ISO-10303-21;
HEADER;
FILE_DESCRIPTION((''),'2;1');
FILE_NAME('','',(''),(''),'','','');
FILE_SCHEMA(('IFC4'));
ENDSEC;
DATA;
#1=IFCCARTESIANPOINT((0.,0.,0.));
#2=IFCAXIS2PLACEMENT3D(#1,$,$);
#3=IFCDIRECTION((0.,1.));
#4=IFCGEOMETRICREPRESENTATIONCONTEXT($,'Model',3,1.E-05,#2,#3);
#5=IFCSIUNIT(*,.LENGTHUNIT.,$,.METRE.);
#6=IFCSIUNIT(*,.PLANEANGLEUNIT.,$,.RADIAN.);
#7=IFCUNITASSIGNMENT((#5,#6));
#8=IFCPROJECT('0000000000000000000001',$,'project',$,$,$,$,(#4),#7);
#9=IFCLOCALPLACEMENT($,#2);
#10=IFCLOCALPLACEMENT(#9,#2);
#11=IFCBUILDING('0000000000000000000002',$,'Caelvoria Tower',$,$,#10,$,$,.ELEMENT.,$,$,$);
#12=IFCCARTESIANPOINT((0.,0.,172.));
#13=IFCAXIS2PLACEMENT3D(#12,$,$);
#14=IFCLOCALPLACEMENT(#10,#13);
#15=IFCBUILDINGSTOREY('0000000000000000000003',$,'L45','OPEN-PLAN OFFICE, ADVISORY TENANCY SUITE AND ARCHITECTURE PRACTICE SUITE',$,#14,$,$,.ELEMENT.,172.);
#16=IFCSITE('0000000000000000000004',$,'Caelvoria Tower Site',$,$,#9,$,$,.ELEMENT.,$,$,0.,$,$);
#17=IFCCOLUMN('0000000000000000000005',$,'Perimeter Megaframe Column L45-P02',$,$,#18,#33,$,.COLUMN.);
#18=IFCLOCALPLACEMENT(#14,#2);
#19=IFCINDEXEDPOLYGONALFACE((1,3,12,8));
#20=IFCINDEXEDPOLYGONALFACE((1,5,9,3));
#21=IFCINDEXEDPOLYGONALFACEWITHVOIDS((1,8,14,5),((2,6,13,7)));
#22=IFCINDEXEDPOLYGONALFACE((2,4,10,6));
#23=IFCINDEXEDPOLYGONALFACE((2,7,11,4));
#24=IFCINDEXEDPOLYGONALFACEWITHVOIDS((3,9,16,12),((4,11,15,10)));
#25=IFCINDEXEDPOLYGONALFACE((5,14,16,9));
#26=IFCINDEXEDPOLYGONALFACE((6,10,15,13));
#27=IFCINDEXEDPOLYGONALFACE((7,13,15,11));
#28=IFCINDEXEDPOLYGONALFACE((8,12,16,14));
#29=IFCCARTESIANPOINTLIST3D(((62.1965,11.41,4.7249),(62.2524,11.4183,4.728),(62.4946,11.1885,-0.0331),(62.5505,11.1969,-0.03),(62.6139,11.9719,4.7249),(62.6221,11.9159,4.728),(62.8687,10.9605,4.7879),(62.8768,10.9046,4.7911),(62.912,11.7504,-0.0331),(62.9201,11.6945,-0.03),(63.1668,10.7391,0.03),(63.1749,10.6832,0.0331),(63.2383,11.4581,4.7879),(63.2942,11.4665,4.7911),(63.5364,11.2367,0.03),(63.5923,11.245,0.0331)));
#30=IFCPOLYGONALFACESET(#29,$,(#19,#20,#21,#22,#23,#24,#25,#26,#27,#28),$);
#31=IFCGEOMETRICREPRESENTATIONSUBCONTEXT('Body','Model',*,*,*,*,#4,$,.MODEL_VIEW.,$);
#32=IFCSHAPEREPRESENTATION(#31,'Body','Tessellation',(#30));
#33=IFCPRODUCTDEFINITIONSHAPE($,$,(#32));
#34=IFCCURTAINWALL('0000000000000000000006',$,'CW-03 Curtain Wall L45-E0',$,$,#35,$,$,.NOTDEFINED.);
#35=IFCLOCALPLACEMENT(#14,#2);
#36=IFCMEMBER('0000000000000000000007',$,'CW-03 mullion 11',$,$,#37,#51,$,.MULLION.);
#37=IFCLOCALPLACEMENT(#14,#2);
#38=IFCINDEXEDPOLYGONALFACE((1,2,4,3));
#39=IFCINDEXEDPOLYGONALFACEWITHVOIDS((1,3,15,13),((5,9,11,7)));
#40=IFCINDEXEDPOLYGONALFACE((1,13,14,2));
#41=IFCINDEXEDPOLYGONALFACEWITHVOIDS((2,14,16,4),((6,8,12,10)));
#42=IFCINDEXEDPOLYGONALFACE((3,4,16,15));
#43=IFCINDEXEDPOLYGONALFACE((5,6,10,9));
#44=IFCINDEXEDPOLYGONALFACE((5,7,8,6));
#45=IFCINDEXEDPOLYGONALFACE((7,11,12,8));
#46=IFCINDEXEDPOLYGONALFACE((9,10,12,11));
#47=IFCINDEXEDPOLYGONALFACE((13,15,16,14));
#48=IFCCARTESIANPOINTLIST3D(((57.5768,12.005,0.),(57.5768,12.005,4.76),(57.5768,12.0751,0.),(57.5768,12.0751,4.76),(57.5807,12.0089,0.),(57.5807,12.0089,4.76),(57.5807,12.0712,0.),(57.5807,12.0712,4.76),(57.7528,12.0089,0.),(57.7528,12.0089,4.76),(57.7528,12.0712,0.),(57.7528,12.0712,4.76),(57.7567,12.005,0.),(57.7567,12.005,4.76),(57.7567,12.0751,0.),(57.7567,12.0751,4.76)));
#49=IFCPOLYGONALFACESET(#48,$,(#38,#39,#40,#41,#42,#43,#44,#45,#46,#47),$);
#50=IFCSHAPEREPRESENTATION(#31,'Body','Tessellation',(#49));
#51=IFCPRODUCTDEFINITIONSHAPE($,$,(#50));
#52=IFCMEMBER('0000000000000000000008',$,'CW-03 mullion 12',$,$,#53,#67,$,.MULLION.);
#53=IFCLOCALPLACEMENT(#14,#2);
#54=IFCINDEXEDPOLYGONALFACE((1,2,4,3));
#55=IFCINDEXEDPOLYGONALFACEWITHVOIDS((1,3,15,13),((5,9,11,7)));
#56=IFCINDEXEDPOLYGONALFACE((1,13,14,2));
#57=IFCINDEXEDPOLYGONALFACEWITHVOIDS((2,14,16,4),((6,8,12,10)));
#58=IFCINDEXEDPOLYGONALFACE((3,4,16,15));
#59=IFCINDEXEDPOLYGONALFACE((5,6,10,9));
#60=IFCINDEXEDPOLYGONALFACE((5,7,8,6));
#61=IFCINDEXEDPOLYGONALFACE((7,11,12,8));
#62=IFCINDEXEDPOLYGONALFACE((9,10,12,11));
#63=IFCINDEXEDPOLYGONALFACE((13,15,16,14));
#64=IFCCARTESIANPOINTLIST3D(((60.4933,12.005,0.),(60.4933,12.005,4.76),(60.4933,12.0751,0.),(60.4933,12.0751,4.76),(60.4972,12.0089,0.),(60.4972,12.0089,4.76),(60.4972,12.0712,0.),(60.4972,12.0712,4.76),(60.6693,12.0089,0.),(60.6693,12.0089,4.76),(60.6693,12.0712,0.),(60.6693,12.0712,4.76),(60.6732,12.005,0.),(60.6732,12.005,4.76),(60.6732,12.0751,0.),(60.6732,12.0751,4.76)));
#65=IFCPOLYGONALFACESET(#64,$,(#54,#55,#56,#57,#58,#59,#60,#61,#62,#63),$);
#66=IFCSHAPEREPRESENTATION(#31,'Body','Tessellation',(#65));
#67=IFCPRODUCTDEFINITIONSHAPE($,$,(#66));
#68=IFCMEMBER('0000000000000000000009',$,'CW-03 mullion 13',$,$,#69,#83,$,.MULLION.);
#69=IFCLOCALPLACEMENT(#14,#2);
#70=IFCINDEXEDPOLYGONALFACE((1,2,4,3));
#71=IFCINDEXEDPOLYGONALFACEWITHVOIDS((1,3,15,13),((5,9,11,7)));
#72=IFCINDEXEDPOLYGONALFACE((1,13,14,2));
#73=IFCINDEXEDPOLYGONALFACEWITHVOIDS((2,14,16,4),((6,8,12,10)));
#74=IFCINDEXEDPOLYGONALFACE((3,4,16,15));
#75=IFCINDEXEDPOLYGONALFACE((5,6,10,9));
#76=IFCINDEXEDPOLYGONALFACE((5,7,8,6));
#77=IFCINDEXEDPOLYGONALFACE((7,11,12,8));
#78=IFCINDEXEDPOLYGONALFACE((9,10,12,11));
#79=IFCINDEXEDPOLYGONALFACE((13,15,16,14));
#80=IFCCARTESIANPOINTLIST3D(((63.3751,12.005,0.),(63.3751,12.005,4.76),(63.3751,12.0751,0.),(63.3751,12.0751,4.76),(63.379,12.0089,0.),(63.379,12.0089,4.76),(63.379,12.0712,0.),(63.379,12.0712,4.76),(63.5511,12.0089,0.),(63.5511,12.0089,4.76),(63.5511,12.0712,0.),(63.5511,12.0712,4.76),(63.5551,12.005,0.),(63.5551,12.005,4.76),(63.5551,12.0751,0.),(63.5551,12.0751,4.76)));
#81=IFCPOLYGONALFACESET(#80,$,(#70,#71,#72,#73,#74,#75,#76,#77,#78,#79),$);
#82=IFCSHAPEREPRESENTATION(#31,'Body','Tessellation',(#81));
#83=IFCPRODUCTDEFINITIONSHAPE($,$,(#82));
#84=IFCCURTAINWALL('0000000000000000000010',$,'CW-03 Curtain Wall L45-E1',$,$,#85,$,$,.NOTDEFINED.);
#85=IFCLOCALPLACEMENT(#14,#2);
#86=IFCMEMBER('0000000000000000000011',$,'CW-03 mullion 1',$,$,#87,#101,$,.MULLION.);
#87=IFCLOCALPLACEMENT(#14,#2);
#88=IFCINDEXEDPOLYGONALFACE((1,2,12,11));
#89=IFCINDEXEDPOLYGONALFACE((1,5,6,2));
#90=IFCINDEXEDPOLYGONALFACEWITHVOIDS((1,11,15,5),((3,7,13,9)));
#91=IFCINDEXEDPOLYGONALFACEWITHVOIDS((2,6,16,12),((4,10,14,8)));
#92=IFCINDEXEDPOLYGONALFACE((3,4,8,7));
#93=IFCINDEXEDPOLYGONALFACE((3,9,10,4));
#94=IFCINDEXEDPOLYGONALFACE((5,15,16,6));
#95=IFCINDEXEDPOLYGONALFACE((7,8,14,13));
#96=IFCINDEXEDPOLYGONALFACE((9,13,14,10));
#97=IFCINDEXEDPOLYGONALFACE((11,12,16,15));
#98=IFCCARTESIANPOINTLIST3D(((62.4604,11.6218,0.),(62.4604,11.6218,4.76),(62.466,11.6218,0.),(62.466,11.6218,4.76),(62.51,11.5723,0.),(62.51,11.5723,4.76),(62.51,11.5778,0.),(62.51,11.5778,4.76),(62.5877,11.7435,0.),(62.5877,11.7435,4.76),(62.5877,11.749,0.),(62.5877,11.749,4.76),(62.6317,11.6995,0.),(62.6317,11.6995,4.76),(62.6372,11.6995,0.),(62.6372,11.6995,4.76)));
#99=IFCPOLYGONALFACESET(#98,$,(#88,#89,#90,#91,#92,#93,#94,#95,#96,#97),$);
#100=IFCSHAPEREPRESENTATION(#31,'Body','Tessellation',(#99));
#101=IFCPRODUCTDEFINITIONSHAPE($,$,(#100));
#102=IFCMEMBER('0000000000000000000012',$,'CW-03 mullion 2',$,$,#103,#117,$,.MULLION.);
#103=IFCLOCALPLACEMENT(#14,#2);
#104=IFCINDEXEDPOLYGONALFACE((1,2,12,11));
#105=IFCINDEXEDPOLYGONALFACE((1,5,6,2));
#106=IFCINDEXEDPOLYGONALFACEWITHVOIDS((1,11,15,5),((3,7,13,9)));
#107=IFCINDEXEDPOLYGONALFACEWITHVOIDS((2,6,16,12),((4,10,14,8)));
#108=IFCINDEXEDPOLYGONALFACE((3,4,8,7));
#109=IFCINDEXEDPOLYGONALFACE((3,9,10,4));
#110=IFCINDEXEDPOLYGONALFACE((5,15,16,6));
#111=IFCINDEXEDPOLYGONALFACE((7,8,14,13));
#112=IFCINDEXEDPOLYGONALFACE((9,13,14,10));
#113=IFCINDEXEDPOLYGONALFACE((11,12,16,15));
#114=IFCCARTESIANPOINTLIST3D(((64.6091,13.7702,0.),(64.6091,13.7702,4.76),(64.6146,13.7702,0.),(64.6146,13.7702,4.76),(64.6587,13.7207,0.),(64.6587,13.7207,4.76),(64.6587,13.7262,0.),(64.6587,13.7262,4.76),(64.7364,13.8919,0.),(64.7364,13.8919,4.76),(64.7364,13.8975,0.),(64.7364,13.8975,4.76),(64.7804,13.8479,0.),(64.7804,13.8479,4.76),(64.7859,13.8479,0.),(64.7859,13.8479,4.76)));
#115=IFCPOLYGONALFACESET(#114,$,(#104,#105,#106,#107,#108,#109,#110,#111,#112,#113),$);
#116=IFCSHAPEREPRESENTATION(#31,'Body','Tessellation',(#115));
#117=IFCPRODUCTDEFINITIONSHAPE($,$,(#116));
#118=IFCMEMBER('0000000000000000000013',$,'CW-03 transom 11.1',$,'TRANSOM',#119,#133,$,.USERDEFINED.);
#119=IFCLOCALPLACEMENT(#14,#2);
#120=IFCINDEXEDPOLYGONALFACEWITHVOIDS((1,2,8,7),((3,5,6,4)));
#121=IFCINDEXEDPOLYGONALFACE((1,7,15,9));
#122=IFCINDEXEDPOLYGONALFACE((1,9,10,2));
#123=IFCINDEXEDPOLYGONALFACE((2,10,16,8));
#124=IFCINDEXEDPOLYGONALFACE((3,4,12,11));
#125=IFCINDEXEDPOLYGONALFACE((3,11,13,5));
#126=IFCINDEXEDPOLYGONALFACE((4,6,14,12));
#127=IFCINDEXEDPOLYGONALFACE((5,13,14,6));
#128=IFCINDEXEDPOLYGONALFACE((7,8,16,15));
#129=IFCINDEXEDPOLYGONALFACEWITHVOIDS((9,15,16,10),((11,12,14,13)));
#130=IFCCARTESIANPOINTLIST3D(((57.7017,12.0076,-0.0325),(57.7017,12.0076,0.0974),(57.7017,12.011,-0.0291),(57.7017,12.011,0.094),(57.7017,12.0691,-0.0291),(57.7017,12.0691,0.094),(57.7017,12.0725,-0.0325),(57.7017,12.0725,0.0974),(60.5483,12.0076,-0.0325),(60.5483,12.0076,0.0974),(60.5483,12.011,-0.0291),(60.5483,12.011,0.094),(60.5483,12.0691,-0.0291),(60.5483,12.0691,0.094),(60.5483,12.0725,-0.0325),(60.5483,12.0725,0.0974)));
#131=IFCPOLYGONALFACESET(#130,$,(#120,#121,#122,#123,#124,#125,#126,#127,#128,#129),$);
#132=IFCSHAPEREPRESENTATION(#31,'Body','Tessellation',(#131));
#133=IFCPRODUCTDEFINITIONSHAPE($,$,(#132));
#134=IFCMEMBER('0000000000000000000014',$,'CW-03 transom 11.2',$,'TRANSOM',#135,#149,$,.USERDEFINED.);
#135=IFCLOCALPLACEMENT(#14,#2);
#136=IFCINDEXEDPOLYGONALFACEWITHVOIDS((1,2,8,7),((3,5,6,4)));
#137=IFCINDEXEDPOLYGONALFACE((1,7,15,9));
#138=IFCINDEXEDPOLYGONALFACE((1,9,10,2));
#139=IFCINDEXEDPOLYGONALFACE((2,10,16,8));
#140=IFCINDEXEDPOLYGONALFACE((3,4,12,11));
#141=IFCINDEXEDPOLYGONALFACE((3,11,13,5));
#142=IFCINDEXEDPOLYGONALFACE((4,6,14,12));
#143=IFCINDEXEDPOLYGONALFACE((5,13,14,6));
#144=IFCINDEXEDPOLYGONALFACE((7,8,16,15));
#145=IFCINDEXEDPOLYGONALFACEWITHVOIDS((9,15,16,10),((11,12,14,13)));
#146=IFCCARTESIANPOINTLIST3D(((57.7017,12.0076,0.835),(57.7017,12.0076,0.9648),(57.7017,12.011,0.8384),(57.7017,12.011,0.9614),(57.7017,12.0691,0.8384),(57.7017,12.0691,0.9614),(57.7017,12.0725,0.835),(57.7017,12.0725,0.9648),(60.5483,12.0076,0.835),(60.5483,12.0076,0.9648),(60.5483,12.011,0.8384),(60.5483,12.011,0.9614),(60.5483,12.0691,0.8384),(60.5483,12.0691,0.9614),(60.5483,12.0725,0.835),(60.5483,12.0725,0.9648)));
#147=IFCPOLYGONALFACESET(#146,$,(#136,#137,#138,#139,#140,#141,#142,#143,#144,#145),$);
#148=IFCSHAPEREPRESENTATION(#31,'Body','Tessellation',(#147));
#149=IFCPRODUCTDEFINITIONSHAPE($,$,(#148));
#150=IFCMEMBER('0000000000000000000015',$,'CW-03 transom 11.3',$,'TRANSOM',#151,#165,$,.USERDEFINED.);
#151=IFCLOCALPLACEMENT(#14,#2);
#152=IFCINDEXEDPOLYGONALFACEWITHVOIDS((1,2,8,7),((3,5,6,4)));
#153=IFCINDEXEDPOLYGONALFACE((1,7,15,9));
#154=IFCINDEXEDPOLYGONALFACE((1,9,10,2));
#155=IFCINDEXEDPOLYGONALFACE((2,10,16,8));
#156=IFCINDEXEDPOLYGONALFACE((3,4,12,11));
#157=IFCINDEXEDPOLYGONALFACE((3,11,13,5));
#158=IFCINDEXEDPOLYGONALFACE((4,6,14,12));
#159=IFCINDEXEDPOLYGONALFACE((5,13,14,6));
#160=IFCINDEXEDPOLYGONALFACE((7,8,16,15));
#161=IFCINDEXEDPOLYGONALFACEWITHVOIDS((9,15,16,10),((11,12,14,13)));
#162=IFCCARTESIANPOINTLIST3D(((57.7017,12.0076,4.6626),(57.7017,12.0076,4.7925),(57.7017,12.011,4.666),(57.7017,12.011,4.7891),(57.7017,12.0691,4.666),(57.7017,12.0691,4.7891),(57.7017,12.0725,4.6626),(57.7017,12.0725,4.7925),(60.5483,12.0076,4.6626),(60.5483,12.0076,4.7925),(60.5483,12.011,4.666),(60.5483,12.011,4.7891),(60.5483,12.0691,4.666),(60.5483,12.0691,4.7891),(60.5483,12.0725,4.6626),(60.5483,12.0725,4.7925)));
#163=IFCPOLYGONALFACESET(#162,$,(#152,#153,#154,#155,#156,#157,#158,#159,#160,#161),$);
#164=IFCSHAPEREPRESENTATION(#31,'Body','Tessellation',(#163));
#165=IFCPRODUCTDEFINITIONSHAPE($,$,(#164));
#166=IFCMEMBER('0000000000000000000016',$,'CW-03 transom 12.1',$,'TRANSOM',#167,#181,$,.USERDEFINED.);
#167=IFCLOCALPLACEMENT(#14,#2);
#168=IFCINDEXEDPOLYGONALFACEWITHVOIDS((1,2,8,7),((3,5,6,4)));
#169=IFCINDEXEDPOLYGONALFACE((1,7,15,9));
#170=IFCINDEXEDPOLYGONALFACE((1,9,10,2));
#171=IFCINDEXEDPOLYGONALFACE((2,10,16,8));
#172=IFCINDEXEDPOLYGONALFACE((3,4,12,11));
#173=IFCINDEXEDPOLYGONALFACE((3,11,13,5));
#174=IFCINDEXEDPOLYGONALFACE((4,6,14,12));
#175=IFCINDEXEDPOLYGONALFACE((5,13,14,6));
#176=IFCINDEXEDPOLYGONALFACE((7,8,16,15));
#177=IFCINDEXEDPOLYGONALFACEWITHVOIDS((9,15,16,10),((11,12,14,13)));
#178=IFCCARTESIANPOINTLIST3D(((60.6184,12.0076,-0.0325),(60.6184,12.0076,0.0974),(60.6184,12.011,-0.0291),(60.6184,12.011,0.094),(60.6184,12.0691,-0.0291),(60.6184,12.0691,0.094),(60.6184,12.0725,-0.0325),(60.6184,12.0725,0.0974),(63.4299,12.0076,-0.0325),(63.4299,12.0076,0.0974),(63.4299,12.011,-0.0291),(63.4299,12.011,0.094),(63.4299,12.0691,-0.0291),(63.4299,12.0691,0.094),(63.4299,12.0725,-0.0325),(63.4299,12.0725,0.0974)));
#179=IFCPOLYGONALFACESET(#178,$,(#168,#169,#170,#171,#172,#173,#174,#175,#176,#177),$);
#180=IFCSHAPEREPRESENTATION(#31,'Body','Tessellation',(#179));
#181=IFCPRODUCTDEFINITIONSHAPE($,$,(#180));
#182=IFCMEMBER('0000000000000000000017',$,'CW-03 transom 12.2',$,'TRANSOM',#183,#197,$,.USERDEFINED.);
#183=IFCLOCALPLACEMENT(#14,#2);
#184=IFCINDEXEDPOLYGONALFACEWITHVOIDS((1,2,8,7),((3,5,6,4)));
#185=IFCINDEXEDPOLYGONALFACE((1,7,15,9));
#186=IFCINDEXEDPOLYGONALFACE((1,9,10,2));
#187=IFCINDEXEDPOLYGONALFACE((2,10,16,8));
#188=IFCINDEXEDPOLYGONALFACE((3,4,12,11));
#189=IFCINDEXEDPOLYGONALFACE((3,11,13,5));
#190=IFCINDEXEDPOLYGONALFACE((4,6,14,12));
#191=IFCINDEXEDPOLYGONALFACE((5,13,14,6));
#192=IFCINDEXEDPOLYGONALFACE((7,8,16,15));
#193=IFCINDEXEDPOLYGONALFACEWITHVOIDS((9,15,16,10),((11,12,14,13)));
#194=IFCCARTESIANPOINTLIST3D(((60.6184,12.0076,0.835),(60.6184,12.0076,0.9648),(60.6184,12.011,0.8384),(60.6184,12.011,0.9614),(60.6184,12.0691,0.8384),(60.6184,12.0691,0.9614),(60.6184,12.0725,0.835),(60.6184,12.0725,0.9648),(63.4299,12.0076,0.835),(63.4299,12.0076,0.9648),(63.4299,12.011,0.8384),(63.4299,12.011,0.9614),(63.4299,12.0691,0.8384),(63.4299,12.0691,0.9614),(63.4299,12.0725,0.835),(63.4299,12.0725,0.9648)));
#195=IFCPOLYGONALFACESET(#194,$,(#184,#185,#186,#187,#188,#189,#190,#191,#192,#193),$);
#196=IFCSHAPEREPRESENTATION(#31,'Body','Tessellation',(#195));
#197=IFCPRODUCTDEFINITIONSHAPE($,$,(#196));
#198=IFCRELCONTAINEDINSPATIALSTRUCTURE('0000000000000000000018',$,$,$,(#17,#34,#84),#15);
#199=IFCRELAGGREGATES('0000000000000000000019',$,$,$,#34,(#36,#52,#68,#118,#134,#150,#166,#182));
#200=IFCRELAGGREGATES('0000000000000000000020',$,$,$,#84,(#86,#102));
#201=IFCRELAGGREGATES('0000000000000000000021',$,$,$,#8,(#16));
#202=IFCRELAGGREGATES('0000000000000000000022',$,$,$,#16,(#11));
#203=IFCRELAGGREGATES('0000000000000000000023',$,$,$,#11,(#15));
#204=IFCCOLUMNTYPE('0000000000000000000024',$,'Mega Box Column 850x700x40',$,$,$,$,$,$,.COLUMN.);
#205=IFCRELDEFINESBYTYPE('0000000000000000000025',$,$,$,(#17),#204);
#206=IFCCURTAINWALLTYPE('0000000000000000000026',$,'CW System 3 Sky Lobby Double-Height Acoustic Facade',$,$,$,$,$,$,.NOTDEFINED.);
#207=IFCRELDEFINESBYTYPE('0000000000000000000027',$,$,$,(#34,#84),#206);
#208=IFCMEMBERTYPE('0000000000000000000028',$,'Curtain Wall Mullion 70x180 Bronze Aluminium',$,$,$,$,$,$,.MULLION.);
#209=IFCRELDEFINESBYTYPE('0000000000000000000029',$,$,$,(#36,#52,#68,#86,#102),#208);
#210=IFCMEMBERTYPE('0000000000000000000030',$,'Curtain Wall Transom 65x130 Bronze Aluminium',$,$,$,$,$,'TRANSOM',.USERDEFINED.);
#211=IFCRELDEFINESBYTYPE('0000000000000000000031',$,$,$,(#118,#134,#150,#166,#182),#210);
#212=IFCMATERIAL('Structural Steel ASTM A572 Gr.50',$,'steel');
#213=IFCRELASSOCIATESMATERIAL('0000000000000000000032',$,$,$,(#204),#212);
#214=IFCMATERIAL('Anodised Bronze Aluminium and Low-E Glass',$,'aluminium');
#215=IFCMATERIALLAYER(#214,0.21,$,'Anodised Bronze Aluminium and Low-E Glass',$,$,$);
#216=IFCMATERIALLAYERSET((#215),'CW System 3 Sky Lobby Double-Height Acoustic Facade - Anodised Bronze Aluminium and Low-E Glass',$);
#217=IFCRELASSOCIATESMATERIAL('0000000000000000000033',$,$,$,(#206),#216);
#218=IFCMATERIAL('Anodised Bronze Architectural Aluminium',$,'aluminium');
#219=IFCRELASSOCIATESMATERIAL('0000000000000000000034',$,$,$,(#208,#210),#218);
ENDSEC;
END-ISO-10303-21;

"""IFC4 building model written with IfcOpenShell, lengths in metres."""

from ifc_helpers import new_model, si_unit, direction, frame, origin, origin_2d, place, context, subcontext, project, spatial, hollow_rectangle, extrude, material, layer, layer_set, material_profile, profile_set, type_object, element, aggregate, save


model = new_model("IFC4")

# Units and contexts
model_context = context("Model", 3, precision=1e-05, world=origin(), true_north=direction((0.0, 1.0)))
body_context = subcontext(model_context, "Body", "Model", "MODEL_VIEW")
ifc_project = project(units=[si_unit("LENGTHUNIT", "METRE"), si_unit("PLANEANGLEUNIT", "RADIAN")], contexts=[model_context])

# Site, building, storey
site_placement = place(None, origin())
site = spatial("IfcSite", under=ifc_project, at=site_placement, Name="Caelvoria Tower Site", CompositionType="ELEMENT", RefElevation=0.0)
building_placement = place(site_placement, origin())
building = spatial("IfcBuilding", under=site, at=building_placement, Name="Caelvoria Tower", CompositionType="ELEMENT")
storey_placement = place(building_placement, frame((0.0, 0.0, 172.0)))
storey = spatial("IfcBuildingStorey", under=building, at=storey_placement, Name="L45", Description="OPEN-PLAN OFFICE, ADVISORY TENANCY SUITE AND ARCHITECTURE PRACTICE SUITE", CompositionType="ELEMENT", Elevation=172.0)

# Column
ifc_material_1 = material(Name="Structural Steel ASTM A572 Gr.50", Category="steel")
ifc_material_profile_1 = material_profile(ifc_material_1, hollow_rectangle(XDim=0.7, YDim=0.8501, WallThickness=0.04, at=origin_2d()), Name="Structural Steel ASTM A572 Gr.50")
ifc_profile_set_1 = profile_set([ifc_material_profile_1], Name="BOX850X700X40 - Structural Steel ASTM A572 Gr.50")
column_type = type_object("IfcColumnType", Name="Mega Box Column 850x700x40", PredefinedType="COLUMN", material=ifc_profile_set_1)
column_placement = place(storey_placement, frame((63.0435, 11.2168, 0.0), z_axis=(-0.062461, 0.046398, 0.996968), x_axis=(-0.596312, -0.802753, 0.0)))
element("IfcColumn", 1, at=column_placement, inside=storey, type_object=column_type, Name="Perimeter Megaframe Column L45-P02", PredefinedType="COLUMN", context=body_context, shape_type="SweptSolid", body=[
    extrude(hollow_rectangle(XDim=0.7, YDim=0.8501, WallThickness=0.04, at=origin_2d()), origin(), (0.0, 0.0, 1.0), 4.7725),
])

# Curtain walls, members
ifc_material_2 = material(Name="Anodised Bronze Aluminium and Low-E Glass", Category="aluminium")
ifc_layer_1 = layer(ifc_material_2, 0.21, Name="Anodised Bronze Aluminium and Low-E Glass")
ifc_layer_set_1 = layer_set([ifc_layer_1], Name="CW System 3 Sky Lobby Double-Height Acoustic Facade - Anodised Bronze Aluminium and Low-E Glass")
curtain_wall_type = type_object("IfcCurtainWallType", Name="CW System 3 Sky Lobby Double-Height Acoustic Facade", PredefinedType="NOTDEFINED", material=ifc_layer_set_1)
curtain_wall_1_placement = place(storey_placement, origin())
curtain_wall_1 = element("IfcCurtainWall", 2, at=curtain_wall_1_placement, inside=storey, type_object=curtain_wall_type, Name="CW-03 Curtain Wall L45-E0", PredefinedType="NOTDEFINED")
ifc_material_3 = material(Name="Anodised Bronze Architectural Aluminium", Category="aluminium")
ifc_material_profile_2 = material_profile(ifc_material_3, hollow_rectangle(XDim=0.0701, YDim=0.1799, WallThickness=0.0039, at=origin_2d()), Name="Anodised Bronze Architectural Aluminium")
ifc_profile_set_2 = profile_set([ifc_material_profile_2], Name="CW_MULL_70X180 - Anodised Bronze Architectural Aluminium")
member_type_1 = type_object("IfcMemberType", Name="Curtain Wall Mullion 70x180 Bronze Aluminium", PredefinedType="MULLION", material=ifc_profile_set_2)
member_1_placement = place(storey_placement, frame((57.6667, 12.04, 0.0), z_axis=(0.0, 0.0, 1.0), x_axis=(0.0, 1.0, 0.0)))
member_1 = element("IfcMember", 3, at=member_1_placement, type_object=member_type_1, Name="CW-03 mullion 11", PredefinedType="MULLION", context=body_context, shape_type="SweptSolid", body=[
    extrude(hollow_rectangle(XDim=0.0701, YDim=0.1799, WallThickness=0.0039, at=origin_2d()), origin(), (0.0, 0.0, 1.0), 4.76),
])
member_2_placement = place(storey_placement, frame((60.5833, 12.04, 0.0), z_axis=(0.0, 0.0, 1.0), x_axis=(0.0, 1.0, 0.0)))
member_2 = element("IfcMember", 4, at=member_2_placement, type_object=member_type_1, Name="CW-03 mullion 12", PredefinedType="MULLION", context=body_context, shape_type="SweptSolid", body=[
    extrude(hollow_rectangle(XDim=0.0701, YDim=0.1799, WallThickness=0.0039, at=origin_2d()), origin(), (0.0, 0.0, 1.0), 4.76),
])
member_3_placement = place(storey_placement, frame((63.4651, 12.04, 0.0), z_axis=(0.0, 0.0, 1.0), x_axis=(0.0, 1.0, 0.0)))
member_3 = element("IfcMember", 5, at=member_3_placement, type_object=member_type_1, Name="CW-03 mullion 13", PredefinedType="MULLION", context=body_context, shape_type="SweptSolid", body=[
    extrude(hollow_rectangle(XDim=0.0701, YDim=0.1799, WallThickness=0.0039, at=origin_2d()), origin(), (0.0, 0.0, 1.0), 4.76),
])
curtain_wall_2_placement = place(storey_placement, origin())
curtain_wall_2 = element("IfcCurtainWall", 6, at=curtain_wall_2_placement, inside=storey, type_object=curtain_wall_type, Name="CW-03 Curtain Wall L45-E1", PredefinedType="NOTDEFINED")
member_4_placement = place(storey_placement, frame((62.5488, 11.6606, 0.0), z_axis=(0.0, 0.0, 1.0), x_axis=(-0.707107, 0.707107, 0.0)))
member_4 = element("IfcMember", 7, at=member_4_placement, type_object=member_type_1, Name="CW-03 mullion 1", PredefinedType="MULLION", context=body_context, shape_type="SweptSolid", body=[
    extrude(hollow_rectangle(XDim=0.0701, YDim=0.1799, WallThickness=0.0039, at=origin_2d()), origin(), (0.0, 0.0, 1.0), 4.76),
])
member_5_placement = place(storey_placement, frame((64.6975, 13.8091, 0.0), z_axis=(0.0, 0.0, 1.0), x_axis=(-0.707107, 0.707107, 0.0)))
member_5 = element("IfcMember", 8, at=member_5_placement, type_object=member_type_1, Name="CW-03 mullion 2", PredefinedType="MULLION", context=body_context, shape_type="SweptSolid", body=[
    extrude(hollow_rectangle(XDim=0.0701, YDim=0.1799, WallThickness=0.0039, at=origin_2d()), origin(), (0.0, 0.0, 1.0), 4.76),
])

# Members
ifc_material_profile_3 = material_profile(ifc_material_3, hollow_rectangle(XDim=0.0649, YDim=0.1299, WallThickness=0.0034, at=origin_2d()), Name="Anodised Bronze Architectural Aluminium")
ifc_profile_set_3 = profile_set([ifc_material_profile_3], Name="CW_TRAN_65X130 - Anodised Bronze Architectural Aluminium")
member_type_2 = type_object("IfcMemberType", Name="Curtain Wall Transom 65x130 Bronze Aluminium", ElementType="TRANSOM", PredefinedType="USERDEFINED", material=ifc_profile_set_3)
member_6_placement = place(storey_placement, frame((57.7017, 12.04, 0.0325), z_axis=(1.0, 0.0, 0.0), x_axis=(0.0, 1.0, 0.0)))
member_6 = element("IfcMember", 9, at=member_6_placement, type_object=member_type_2, Name="CW-03 transom 11.1", ObjectType="TRANSOM", PredefinedType="USERDEFINED", context=body_context, shape_type="SweptSolid", body=[
    extrude(hollow_rectangle(XDim=0.0649, YDim=0.1299, WallThickness=0.0034, at=origin_2d()), origin(), (0.0, 0.0, 1.0), 2.8467),
])
member_7_placement = place(storey_placement, frame((57.7017, 12.04, 0.8999), z_axis=(1.0, 0.0, 0.0), x_axis=(0.0, 1.0, 0.0)))
member_7 = element("IfcMember", 10, at=member_7_placement, type_object=member_type_2, Name="CW-03 transom 11.2", ObjectType="TRANSOM", PredefinedType="USERDEFINED", context=body_context, shape_type="SweptSolid", body=[
    extrude(hollow_rectangle(XDim=0.0649, YDim=0.1299, WallThickness=0.0034, at=origin_2d()), origin(), (0.0, 0.0, 1.0), 2.8467),
])
member_8_placement = place(storey_placement, frame((57.7017, 12.04, 4.7275), z_axis=(1.0, 0.0, 0.0), x_axis=(0.0, 1.0, 0.0)))
member_8 = element("IfcMember", 11, at=member_8_placement, type_object=member_type_2, Name="CW-03 transom 11.3", ObjectType="TRANSOM", PredefinedType="USERDEFINED", context=body_context, shape_type="SweptSolid", body=[
    extrude(hollow_rectangle(XDim=0.0649, YDim=0.1299, WallThickness=0.0034, at=origin_2d()), origin(), (0.0, 0.0, 1.0), 2.8467),
])
member_9_placement = place(storey_placement, frame((60.6184, 12.04, 0.0325), z_axis=(1.0, 0.0, 0.0), x_axis=(0.0, 1.0, 0.0)))
member_9 = element("IfcMember", 12, at=member_9_placement, type_object=member_type_2, Name="CW-03 transom 12.1", ObjectType="TRANSOM", PredefinedType="USERDEFINED", context=body_context, shape_type="SweptSolid", body=[
    extrude(hollow_rectangle(XDim=0.0649, YDim=0.1299, WallThickness=0.0034, at=origin_2d()), origin(), (0.0, 0.0, 1.0), 2.8115),
])
member_10_placement = place(storey_placement, frame((60.6184, 12.04, 0.8999), z_axis=(1.0, 0.0, 0.0), x_axis=(0.0, 1.0, 0.0)))
member_10 = element("IfcMember", 13, at=member_10_placement, type_object=member_type_2, Name="CW-03 transom 12.2", ObjectType="TRANSOM", PredefinedType="USERDEFINED", context=body_context, shape_type="SweptSolid", body=[
    extrude(hollow_rectangle(XDim=0.0649, YDim=0.1299, WallThickness=0.0034, at=origin_2d()), origin(), (0.0, 0.0, 1.0), 2.8115),
])

aggregate(curtain_wall_1, [member_1, member_2, member_3, member_6, member_7, member_8, member_9, member_10])
aggregate(curtain_wall_2, [member_4, member_5])

save(model, "model.ifc")
